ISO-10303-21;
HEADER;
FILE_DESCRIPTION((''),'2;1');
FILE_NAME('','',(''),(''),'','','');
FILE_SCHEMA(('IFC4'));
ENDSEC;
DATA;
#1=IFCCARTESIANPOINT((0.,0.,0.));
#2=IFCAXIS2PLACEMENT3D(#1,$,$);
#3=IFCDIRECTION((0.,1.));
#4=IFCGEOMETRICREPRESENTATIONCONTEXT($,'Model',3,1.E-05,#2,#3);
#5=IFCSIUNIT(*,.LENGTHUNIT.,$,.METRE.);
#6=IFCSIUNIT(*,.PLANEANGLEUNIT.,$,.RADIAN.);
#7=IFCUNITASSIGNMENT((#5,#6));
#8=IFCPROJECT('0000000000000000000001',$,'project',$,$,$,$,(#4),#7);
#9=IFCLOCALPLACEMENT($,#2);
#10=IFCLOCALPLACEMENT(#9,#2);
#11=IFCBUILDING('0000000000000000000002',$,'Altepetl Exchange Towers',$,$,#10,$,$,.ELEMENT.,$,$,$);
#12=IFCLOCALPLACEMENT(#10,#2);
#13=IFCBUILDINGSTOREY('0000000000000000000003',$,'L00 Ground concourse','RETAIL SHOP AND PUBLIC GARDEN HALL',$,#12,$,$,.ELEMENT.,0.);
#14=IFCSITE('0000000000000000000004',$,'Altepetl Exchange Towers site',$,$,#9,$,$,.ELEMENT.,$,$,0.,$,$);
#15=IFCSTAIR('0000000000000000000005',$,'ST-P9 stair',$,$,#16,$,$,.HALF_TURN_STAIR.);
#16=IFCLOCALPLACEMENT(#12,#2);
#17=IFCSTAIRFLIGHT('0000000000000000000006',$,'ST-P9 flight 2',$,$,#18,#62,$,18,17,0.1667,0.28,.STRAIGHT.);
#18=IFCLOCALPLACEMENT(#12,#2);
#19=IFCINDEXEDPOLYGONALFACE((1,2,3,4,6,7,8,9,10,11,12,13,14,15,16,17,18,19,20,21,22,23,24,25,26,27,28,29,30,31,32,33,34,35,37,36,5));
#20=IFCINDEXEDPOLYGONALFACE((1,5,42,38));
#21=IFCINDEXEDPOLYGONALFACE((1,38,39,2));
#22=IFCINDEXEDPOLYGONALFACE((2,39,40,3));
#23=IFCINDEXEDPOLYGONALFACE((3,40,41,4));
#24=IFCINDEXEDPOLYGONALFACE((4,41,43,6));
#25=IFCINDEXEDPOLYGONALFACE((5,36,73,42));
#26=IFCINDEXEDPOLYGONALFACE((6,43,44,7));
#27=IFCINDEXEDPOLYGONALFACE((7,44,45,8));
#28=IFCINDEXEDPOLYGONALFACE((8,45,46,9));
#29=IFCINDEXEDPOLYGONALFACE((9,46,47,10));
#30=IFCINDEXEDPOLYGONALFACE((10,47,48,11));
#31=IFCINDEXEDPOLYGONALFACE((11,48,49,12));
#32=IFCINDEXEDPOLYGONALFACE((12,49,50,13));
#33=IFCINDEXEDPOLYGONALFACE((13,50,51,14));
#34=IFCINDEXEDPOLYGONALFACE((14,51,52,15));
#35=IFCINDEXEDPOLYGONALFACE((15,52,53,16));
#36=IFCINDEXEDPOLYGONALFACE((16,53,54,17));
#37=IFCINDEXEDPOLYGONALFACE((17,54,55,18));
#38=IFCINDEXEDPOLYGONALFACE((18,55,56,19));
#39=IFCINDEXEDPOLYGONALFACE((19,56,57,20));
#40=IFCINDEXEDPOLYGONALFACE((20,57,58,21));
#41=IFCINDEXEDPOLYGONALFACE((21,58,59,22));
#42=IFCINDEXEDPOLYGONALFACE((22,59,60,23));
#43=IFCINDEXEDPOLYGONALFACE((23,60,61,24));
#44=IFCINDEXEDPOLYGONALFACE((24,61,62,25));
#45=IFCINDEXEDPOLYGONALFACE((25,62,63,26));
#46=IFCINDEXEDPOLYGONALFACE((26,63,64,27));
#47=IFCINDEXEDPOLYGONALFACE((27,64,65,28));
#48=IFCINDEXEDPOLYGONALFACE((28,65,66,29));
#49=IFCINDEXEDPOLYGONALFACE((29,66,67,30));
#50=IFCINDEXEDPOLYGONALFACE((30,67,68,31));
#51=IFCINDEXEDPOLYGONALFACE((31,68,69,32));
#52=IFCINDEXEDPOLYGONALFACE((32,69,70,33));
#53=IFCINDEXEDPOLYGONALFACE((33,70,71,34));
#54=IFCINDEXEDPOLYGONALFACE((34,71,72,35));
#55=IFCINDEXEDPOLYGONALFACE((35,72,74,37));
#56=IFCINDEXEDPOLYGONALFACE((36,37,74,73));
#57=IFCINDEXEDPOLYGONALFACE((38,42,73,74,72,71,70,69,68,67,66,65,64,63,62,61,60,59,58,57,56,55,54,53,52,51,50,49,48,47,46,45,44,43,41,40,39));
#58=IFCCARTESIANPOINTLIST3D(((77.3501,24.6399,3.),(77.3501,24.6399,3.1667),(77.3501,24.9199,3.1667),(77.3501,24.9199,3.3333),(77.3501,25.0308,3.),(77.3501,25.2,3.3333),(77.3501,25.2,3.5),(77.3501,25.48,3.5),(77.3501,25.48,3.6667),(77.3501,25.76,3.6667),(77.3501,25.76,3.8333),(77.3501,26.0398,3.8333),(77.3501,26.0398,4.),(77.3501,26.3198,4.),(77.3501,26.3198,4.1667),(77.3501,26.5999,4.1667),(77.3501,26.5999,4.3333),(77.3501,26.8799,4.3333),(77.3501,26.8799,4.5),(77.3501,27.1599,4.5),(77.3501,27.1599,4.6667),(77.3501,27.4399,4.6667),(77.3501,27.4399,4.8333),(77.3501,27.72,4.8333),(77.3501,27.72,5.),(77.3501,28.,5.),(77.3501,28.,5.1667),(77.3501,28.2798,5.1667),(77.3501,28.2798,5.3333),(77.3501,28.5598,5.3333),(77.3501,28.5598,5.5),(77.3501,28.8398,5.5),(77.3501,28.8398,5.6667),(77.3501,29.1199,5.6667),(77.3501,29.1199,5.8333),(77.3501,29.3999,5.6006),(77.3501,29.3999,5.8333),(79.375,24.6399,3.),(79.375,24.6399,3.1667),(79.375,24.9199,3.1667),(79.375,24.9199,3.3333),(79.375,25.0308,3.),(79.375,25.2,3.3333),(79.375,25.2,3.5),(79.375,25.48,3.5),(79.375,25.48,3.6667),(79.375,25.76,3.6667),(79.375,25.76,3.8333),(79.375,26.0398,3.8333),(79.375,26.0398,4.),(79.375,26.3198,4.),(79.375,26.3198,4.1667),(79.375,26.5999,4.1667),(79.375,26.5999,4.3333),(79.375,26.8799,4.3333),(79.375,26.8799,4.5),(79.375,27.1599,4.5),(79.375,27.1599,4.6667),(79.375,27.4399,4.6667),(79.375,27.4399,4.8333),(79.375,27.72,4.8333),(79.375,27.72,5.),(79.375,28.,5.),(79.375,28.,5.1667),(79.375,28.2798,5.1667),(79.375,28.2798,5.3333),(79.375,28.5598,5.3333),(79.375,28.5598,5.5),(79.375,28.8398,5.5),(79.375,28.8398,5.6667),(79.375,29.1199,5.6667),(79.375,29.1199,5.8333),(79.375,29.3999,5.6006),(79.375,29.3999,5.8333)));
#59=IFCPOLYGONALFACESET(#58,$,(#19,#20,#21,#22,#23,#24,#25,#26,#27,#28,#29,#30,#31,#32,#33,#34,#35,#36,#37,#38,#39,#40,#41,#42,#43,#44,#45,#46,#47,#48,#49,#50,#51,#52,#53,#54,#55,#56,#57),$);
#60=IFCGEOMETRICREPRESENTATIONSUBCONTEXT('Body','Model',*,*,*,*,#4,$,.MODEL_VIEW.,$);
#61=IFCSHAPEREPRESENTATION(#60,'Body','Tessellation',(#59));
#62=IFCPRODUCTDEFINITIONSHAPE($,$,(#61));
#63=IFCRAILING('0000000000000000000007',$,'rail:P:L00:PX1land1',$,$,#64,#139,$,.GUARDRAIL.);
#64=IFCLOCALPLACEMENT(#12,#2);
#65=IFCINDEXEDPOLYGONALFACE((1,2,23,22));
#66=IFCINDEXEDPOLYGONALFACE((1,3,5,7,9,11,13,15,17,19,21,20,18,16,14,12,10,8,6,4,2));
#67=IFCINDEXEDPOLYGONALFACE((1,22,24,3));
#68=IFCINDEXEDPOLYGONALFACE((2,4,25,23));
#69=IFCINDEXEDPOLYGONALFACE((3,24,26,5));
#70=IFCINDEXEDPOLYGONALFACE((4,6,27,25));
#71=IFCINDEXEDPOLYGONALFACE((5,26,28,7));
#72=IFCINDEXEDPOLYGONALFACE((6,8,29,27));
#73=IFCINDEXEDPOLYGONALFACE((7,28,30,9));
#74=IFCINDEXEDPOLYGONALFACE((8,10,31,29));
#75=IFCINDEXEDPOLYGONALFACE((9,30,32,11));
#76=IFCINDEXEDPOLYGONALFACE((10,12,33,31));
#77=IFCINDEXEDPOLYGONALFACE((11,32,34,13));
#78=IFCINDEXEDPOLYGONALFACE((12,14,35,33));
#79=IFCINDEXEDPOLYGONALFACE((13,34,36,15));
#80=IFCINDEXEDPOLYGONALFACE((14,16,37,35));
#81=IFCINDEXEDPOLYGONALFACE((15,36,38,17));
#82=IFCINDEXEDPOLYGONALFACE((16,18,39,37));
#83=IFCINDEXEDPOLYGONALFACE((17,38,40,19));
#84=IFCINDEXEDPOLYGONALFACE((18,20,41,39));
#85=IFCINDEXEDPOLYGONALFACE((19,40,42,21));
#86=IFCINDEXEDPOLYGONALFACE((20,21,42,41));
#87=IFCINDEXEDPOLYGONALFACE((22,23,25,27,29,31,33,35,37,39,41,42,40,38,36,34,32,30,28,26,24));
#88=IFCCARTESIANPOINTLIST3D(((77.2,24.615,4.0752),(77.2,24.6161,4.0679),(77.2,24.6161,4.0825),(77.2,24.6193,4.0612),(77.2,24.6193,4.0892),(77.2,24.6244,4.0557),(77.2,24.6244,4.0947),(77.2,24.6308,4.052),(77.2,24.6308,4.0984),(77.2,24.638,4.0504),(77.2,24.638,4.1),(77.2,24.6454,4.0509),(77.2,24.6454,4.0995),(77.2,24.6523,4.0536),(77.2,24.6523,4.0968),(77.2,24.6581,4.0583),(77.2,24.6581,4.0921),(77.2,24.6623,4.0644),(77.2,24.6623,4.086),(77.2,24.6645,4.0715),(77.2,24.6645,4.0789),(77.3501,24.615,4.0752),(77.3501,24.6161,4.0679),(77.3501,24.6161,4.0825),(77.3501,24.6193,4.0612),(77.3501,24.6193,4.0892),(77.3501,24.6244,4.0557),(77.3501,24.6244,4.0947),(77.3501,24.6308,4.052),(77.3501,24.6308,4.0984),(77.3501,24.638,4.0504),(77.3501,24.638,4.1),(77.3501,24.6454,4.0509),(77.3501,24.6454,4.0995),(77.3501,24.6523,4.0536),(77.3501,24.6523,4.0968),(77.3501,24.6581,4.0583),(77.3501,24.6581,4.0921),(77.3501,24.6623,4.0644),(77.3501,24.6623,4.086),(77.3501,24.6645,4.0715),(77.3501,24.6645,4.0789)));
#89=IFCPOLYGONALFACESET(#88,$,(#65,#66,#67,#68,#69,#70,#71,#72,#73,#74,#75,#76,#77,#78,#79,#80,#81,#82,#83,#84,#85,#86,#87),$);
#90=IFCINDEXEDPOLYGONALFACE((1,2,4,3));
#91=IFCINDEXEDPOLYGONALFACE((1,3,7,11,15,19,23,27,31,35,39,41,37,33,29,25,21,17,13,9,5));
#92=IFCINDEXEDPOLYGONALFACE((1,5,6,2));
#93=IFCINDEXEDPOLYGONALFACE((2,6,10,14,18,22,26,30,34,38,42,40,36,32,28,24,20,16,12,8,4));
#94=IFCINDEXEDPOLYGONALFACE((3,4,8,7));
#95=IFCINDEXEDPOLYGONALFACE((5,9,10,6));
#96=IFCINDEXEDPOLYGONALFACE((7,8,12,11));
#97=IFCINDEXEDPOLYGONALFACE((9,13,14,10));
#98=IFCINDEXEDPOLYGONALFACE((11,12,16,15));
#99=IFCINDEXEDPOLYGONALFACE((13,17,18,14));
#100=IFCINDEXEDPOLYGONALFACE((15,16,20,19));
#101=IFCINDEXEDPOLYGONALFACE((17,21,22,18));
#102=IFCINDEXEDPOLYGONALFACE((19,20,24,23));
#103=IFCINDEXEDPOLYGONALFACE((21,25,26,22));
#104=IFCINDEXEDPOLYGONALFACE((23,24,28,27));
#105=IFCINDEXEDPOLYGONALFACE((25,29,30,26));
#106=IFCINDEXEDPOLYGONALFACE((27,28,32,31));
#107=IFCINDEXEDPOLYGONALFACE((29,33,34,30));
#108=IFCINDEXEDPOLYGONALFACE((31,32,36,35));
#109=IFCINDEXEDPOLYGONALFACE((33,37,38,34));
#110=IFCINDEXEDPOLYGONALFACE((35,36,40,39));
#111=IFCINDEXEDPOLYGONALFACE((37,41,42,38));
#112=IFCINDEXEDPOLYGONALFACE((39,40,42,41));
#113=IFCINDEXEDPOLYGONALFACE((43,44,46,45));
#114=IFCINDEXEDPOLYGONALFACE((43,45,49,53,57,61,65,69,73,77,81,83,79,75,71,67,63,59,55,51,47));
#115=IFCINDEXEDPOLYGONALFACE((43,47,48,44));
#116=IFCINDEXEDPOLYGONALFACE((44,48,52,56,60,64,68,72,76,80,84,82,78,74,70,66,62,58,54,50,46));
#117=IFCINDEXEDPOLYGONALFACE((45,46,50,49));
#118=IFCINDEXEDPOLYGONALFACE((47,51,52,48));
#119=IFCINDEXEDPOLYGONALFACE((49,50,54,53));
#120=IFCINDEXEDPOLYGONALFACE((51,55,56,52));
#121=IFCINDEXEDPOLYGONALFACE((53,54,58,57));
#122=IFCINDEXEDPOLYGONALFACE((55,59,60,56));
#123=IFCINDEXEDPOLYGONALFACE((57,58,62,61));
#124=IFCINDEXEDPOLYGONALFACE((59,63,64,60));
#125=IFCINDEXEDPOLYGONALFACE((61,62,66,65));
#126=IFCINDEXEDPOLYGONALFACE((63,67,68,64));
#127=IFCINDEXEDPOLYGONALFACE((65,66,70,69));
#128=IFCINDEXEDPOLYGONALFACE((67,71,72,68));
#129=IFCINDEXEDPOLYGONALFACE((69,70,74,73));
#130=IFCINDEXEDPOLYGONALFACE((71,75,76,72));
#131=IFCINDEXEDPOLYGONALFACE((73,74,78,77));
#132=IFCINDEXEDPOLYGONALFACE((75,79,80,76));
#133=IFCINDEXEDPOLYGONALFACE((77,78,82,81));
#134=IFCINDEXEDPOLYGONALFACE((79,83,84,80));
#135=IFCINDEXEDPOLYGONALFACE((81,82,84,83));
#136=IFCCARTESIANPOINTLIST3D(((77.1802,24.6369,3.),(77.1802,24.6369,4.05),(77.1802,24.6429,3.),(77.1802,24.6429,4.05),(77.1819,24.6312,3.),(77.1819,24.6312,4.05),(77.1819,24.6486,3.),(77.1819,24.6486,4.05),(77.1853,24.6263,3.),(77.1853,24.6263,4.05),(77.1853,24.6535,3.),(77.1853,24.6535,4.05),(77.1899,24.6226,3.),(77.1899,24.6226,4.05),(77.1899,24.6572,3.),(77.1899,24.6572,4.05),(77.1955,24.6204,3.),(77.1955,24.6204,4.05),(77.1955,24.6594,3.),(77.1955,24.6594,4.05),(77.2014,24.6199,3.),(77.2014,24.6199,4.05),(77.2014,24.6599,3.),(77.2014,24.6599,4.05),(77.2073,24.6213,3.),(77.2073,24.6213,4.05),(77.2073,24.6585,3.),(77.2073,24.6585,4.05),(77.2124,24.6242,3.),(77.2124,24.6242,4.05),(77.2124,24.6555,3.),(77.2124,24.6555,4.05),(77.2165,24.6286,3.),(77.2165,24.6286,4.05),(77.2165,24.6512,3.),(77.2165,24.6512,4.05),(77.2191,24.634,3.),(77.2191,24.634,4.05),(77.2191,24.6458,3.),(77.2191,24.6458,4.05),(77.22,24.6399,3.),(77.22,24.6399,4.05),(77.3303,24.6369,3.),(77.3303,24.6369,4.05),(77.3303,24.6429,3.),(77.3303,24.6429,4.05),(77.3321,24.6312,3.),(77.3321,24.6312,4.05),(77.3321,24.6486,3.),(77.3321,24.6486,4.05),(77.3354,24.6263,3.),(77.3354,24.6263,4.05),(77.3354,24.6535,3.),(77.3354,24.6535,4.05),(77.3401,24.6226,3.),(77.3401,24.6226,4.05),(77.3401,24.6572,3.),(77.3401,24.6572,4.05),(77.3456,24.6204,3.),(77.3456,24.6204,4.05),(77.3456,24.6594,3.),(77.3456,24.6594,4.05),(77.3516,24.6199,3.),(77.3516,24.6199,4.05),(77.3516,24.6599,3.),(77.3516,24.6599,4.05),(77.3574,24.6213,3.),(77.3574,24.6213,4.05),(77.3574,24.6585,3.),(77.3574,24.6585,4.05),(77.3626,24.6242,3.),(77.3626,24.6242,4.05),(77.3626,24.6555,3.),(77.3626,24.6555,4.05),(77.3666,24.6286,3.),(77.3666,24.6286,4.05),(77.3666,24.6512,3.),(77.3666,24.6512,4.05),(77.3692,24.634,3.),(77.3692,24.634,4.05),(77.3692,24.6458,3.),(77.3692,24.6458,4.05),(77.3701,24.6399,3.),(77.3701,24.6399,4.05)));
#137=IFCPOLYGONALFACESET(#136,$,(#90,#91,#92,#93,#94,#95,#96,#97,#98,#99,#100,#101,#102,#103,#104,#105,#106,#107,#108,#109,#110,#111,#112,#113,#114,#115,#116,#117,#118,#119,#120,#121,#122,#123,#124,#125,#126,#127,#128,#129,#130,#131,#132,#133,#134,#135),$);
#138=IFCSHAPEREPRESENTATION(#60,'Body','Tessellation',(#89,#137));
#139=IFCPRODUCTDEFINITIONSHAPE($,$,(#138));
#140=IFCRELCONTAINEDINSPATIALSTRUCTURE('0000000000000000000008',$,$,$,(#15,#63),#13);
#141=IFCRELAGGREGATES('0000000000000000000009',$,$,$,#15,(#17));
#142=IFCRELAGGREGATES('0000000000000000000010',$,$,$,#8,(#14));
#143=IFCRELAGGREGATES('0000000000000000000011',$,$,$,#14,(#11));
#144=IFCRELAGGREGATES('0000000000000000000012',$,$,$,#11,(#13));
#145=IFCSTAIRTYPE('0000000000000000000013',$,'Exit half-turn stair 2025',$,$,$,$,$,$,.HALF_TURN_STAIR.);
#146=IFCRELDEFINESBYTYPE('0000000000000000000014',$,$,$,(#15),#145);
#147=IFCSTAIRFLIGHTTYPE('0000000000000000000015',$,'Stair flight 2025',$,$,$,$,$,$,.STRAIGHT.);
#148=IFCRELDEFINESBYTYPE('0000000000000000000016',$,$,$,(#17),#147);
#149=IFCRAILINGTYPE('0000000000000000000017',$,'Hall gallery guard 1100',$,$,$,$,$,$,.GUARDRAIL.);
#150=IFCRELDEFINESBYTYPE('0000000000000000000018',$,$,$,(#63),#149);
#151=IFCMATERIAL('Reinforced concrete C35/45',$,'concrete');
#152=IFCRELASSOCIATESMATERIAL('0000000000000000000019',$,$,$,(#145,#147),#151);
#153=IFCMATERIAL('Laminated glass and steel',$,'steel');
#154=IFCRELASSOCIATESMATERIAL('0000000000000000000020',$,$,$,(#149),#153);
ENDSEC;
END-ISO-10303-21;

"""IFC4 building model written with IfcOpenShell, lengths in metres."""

from ifc_helpers import new_model, si_unit, direction, frame, origin, origin_2d, place, context, subcontext, project, spatial, polyline, circle, outline, extrude, source, transform, mapped, material, type_object, element, aggregate, save


model = new_model("IFC4")

# Units and contexts
model_context = context("Model", 3, precision=1e-05, world=origin(), true_north=direction((0.0, 1.0)))
body_context = subcontext(model_context, "Body", "Model", "MODEL_VIEW")
ifc_project = project(units=[si_unit("LENGTHUNIT", "METRE"), si_unit("PLANEANGLEUNIT", "RADIAN")], contexts=[model_context])

# Site, building, storey
site_placement = place(None, origin())
site = spatial("IfcSite", under=ifc_project, at=site_placement, Name="Altepetl Exchange Towers site", CompositionType="ELEMENT", RefElevation=0.0)
building_placement = place(site_placement, origin())
building = spatial("IfcBuilding", under=site, at=building_placement, Name="Altepetl Exchange Towers", CompositionType="ELEMENT")
storey_placement = place(building_placement, origin())
storey = spatial("IfcBuildingStorey", under=building, at=storey_placement, Name="L00 Ground concourse", Description="RETAIL SHOP AND PUBLIC GARDEN HALL", CompositionType="ELEMENT", Elevation=0.0)

# Shared definitions
ifc_material_1 = material(Name="Reinforced concrete C35/45", Category="concrete")

# Stair, stair flight
stair_type = type_object("IfcStairType", Name="Exit half-turn stair 2025", PredefinedType="HALF_TURN_STAIR", material=ifc_material_1)
stair_placement = place(storey_placement, origin())
stair = element("IfcStair", 1, at=stair_placement, inside=storey, type_object=stair_type, Name="ST-P9 stair", PredefinedType="HALF_TURN_STAIR")
stair_flight_type = type_object("IfcStairFlightType", Name="Stair flight 2025", PredefinedType="STRAIGHT", material=ifc_material_1)
stair_flight_1_placement = place(storey_placement, frame((78.3625, 24.6399, 3.0), z_axis=(0.0, 0.0, 1.0), x_axis=(0.0, 1.0, 0.0)))
stair_flight_1 = element("IfcStairFlight", 2, at=stair_flight_1_placement, type_object=stair_flight_type, Name="ST-P9 flight 2", NumberOfRisers=18, NumberOfTreads=17, PredefinedType="STRAIGHT", RiserHeight=0.1667, TreadLength=0.28, context=body_context, shape_type="SweptSolid", body=[
    extrude(outline(polyline([(0.0, 0.0), (0.0, 0.1667), (0.28, 0.1667), (0.28, 0.3333), (0.5601, 0.3333), (0.5601, 0.5), (0.8401, 0.5), (0.8401, 0.6667), (1.1201, 0.6667), (1.1201, 0.8333), (1.3999, 0.8333), (1.3999, 1.0), (1.6799, 1.0), (1.6799, 1.1667), (1.96, 1.1667), (1.96, 1.3333), (2.24, 1.3333), (2.24, 1.5), (2.52, 1.5), (2.52, 1.6667), (2.8, 1.6667), (2.8, 1.8333), (3.0801, 1.8333), (3.0801, 2.0), (3.3601, 2.0), (3.3601, 2.1667), (3.6399, 2.1667), (3.6399, 2.3333), (3.9199, 2.3333), (3.9199, 2.5), (4.2, 2.5), (4.2, 2.6667), (4.48, 2.6667), (4.48, 2.8333), (4.76, 2.8333), (4.76, 3.0), (4.76, 2.6006), (0.3909, 0.0), (0.0, 0.0)])), frame((0.0, 1.0125, 0.0), z_axis=(0.0, -1.0, 0.0), x_axis=(1.0, 0.0, 0.0)), (0.0, 0.0, 1.0), 2.0249),
])
aggregate(stair, [stair_flight_1])

# Railing
ifc_material_2 = material(Name="Laminated glass and steel", Category="steel")
railing_type_1 = type_object("IfcRailingType", Name="Hall gallery guard 1100", PredefinedType="GUARDRAIL", material=ifc_material_2)
shared_shape_1 = source(origin(), body_context, "Body", "SweptSolid", [
    extrude(circle(Radius=0.02, at=origin_2d()), origin(), (0.0, 0.0, 1.0), 1.05),
])
railing_1_placement = place(storey_placement, frame((77.3501, 24.6399, 3.0)))
element("IfcRailing", 3, at=railing_1_placement, inside=storey, type_object=railing_type_1, Name="rail:P:L00:PX1land1", PredefinedType="GUARDRAIL", context=body_context, shape_type="SweptSolid", body=[
    extrude(circle(Radius=0.0249, at=origin_2d()), frame((0.0, 0.0, 1.0752), z_axis=(-1.0, 0.0, 0.0), x_axis=(0.0, -1.0, 0.0)), (0.0, 0.0, 1.0), 0.1501),
    mapped(shared_shape_1, transform((0.0, 0.0, 0.0))),
    mapped(shared_shape_1, transform((-0.1501, 0.0, 0.0))),
])

save(model, "model.ifc")
